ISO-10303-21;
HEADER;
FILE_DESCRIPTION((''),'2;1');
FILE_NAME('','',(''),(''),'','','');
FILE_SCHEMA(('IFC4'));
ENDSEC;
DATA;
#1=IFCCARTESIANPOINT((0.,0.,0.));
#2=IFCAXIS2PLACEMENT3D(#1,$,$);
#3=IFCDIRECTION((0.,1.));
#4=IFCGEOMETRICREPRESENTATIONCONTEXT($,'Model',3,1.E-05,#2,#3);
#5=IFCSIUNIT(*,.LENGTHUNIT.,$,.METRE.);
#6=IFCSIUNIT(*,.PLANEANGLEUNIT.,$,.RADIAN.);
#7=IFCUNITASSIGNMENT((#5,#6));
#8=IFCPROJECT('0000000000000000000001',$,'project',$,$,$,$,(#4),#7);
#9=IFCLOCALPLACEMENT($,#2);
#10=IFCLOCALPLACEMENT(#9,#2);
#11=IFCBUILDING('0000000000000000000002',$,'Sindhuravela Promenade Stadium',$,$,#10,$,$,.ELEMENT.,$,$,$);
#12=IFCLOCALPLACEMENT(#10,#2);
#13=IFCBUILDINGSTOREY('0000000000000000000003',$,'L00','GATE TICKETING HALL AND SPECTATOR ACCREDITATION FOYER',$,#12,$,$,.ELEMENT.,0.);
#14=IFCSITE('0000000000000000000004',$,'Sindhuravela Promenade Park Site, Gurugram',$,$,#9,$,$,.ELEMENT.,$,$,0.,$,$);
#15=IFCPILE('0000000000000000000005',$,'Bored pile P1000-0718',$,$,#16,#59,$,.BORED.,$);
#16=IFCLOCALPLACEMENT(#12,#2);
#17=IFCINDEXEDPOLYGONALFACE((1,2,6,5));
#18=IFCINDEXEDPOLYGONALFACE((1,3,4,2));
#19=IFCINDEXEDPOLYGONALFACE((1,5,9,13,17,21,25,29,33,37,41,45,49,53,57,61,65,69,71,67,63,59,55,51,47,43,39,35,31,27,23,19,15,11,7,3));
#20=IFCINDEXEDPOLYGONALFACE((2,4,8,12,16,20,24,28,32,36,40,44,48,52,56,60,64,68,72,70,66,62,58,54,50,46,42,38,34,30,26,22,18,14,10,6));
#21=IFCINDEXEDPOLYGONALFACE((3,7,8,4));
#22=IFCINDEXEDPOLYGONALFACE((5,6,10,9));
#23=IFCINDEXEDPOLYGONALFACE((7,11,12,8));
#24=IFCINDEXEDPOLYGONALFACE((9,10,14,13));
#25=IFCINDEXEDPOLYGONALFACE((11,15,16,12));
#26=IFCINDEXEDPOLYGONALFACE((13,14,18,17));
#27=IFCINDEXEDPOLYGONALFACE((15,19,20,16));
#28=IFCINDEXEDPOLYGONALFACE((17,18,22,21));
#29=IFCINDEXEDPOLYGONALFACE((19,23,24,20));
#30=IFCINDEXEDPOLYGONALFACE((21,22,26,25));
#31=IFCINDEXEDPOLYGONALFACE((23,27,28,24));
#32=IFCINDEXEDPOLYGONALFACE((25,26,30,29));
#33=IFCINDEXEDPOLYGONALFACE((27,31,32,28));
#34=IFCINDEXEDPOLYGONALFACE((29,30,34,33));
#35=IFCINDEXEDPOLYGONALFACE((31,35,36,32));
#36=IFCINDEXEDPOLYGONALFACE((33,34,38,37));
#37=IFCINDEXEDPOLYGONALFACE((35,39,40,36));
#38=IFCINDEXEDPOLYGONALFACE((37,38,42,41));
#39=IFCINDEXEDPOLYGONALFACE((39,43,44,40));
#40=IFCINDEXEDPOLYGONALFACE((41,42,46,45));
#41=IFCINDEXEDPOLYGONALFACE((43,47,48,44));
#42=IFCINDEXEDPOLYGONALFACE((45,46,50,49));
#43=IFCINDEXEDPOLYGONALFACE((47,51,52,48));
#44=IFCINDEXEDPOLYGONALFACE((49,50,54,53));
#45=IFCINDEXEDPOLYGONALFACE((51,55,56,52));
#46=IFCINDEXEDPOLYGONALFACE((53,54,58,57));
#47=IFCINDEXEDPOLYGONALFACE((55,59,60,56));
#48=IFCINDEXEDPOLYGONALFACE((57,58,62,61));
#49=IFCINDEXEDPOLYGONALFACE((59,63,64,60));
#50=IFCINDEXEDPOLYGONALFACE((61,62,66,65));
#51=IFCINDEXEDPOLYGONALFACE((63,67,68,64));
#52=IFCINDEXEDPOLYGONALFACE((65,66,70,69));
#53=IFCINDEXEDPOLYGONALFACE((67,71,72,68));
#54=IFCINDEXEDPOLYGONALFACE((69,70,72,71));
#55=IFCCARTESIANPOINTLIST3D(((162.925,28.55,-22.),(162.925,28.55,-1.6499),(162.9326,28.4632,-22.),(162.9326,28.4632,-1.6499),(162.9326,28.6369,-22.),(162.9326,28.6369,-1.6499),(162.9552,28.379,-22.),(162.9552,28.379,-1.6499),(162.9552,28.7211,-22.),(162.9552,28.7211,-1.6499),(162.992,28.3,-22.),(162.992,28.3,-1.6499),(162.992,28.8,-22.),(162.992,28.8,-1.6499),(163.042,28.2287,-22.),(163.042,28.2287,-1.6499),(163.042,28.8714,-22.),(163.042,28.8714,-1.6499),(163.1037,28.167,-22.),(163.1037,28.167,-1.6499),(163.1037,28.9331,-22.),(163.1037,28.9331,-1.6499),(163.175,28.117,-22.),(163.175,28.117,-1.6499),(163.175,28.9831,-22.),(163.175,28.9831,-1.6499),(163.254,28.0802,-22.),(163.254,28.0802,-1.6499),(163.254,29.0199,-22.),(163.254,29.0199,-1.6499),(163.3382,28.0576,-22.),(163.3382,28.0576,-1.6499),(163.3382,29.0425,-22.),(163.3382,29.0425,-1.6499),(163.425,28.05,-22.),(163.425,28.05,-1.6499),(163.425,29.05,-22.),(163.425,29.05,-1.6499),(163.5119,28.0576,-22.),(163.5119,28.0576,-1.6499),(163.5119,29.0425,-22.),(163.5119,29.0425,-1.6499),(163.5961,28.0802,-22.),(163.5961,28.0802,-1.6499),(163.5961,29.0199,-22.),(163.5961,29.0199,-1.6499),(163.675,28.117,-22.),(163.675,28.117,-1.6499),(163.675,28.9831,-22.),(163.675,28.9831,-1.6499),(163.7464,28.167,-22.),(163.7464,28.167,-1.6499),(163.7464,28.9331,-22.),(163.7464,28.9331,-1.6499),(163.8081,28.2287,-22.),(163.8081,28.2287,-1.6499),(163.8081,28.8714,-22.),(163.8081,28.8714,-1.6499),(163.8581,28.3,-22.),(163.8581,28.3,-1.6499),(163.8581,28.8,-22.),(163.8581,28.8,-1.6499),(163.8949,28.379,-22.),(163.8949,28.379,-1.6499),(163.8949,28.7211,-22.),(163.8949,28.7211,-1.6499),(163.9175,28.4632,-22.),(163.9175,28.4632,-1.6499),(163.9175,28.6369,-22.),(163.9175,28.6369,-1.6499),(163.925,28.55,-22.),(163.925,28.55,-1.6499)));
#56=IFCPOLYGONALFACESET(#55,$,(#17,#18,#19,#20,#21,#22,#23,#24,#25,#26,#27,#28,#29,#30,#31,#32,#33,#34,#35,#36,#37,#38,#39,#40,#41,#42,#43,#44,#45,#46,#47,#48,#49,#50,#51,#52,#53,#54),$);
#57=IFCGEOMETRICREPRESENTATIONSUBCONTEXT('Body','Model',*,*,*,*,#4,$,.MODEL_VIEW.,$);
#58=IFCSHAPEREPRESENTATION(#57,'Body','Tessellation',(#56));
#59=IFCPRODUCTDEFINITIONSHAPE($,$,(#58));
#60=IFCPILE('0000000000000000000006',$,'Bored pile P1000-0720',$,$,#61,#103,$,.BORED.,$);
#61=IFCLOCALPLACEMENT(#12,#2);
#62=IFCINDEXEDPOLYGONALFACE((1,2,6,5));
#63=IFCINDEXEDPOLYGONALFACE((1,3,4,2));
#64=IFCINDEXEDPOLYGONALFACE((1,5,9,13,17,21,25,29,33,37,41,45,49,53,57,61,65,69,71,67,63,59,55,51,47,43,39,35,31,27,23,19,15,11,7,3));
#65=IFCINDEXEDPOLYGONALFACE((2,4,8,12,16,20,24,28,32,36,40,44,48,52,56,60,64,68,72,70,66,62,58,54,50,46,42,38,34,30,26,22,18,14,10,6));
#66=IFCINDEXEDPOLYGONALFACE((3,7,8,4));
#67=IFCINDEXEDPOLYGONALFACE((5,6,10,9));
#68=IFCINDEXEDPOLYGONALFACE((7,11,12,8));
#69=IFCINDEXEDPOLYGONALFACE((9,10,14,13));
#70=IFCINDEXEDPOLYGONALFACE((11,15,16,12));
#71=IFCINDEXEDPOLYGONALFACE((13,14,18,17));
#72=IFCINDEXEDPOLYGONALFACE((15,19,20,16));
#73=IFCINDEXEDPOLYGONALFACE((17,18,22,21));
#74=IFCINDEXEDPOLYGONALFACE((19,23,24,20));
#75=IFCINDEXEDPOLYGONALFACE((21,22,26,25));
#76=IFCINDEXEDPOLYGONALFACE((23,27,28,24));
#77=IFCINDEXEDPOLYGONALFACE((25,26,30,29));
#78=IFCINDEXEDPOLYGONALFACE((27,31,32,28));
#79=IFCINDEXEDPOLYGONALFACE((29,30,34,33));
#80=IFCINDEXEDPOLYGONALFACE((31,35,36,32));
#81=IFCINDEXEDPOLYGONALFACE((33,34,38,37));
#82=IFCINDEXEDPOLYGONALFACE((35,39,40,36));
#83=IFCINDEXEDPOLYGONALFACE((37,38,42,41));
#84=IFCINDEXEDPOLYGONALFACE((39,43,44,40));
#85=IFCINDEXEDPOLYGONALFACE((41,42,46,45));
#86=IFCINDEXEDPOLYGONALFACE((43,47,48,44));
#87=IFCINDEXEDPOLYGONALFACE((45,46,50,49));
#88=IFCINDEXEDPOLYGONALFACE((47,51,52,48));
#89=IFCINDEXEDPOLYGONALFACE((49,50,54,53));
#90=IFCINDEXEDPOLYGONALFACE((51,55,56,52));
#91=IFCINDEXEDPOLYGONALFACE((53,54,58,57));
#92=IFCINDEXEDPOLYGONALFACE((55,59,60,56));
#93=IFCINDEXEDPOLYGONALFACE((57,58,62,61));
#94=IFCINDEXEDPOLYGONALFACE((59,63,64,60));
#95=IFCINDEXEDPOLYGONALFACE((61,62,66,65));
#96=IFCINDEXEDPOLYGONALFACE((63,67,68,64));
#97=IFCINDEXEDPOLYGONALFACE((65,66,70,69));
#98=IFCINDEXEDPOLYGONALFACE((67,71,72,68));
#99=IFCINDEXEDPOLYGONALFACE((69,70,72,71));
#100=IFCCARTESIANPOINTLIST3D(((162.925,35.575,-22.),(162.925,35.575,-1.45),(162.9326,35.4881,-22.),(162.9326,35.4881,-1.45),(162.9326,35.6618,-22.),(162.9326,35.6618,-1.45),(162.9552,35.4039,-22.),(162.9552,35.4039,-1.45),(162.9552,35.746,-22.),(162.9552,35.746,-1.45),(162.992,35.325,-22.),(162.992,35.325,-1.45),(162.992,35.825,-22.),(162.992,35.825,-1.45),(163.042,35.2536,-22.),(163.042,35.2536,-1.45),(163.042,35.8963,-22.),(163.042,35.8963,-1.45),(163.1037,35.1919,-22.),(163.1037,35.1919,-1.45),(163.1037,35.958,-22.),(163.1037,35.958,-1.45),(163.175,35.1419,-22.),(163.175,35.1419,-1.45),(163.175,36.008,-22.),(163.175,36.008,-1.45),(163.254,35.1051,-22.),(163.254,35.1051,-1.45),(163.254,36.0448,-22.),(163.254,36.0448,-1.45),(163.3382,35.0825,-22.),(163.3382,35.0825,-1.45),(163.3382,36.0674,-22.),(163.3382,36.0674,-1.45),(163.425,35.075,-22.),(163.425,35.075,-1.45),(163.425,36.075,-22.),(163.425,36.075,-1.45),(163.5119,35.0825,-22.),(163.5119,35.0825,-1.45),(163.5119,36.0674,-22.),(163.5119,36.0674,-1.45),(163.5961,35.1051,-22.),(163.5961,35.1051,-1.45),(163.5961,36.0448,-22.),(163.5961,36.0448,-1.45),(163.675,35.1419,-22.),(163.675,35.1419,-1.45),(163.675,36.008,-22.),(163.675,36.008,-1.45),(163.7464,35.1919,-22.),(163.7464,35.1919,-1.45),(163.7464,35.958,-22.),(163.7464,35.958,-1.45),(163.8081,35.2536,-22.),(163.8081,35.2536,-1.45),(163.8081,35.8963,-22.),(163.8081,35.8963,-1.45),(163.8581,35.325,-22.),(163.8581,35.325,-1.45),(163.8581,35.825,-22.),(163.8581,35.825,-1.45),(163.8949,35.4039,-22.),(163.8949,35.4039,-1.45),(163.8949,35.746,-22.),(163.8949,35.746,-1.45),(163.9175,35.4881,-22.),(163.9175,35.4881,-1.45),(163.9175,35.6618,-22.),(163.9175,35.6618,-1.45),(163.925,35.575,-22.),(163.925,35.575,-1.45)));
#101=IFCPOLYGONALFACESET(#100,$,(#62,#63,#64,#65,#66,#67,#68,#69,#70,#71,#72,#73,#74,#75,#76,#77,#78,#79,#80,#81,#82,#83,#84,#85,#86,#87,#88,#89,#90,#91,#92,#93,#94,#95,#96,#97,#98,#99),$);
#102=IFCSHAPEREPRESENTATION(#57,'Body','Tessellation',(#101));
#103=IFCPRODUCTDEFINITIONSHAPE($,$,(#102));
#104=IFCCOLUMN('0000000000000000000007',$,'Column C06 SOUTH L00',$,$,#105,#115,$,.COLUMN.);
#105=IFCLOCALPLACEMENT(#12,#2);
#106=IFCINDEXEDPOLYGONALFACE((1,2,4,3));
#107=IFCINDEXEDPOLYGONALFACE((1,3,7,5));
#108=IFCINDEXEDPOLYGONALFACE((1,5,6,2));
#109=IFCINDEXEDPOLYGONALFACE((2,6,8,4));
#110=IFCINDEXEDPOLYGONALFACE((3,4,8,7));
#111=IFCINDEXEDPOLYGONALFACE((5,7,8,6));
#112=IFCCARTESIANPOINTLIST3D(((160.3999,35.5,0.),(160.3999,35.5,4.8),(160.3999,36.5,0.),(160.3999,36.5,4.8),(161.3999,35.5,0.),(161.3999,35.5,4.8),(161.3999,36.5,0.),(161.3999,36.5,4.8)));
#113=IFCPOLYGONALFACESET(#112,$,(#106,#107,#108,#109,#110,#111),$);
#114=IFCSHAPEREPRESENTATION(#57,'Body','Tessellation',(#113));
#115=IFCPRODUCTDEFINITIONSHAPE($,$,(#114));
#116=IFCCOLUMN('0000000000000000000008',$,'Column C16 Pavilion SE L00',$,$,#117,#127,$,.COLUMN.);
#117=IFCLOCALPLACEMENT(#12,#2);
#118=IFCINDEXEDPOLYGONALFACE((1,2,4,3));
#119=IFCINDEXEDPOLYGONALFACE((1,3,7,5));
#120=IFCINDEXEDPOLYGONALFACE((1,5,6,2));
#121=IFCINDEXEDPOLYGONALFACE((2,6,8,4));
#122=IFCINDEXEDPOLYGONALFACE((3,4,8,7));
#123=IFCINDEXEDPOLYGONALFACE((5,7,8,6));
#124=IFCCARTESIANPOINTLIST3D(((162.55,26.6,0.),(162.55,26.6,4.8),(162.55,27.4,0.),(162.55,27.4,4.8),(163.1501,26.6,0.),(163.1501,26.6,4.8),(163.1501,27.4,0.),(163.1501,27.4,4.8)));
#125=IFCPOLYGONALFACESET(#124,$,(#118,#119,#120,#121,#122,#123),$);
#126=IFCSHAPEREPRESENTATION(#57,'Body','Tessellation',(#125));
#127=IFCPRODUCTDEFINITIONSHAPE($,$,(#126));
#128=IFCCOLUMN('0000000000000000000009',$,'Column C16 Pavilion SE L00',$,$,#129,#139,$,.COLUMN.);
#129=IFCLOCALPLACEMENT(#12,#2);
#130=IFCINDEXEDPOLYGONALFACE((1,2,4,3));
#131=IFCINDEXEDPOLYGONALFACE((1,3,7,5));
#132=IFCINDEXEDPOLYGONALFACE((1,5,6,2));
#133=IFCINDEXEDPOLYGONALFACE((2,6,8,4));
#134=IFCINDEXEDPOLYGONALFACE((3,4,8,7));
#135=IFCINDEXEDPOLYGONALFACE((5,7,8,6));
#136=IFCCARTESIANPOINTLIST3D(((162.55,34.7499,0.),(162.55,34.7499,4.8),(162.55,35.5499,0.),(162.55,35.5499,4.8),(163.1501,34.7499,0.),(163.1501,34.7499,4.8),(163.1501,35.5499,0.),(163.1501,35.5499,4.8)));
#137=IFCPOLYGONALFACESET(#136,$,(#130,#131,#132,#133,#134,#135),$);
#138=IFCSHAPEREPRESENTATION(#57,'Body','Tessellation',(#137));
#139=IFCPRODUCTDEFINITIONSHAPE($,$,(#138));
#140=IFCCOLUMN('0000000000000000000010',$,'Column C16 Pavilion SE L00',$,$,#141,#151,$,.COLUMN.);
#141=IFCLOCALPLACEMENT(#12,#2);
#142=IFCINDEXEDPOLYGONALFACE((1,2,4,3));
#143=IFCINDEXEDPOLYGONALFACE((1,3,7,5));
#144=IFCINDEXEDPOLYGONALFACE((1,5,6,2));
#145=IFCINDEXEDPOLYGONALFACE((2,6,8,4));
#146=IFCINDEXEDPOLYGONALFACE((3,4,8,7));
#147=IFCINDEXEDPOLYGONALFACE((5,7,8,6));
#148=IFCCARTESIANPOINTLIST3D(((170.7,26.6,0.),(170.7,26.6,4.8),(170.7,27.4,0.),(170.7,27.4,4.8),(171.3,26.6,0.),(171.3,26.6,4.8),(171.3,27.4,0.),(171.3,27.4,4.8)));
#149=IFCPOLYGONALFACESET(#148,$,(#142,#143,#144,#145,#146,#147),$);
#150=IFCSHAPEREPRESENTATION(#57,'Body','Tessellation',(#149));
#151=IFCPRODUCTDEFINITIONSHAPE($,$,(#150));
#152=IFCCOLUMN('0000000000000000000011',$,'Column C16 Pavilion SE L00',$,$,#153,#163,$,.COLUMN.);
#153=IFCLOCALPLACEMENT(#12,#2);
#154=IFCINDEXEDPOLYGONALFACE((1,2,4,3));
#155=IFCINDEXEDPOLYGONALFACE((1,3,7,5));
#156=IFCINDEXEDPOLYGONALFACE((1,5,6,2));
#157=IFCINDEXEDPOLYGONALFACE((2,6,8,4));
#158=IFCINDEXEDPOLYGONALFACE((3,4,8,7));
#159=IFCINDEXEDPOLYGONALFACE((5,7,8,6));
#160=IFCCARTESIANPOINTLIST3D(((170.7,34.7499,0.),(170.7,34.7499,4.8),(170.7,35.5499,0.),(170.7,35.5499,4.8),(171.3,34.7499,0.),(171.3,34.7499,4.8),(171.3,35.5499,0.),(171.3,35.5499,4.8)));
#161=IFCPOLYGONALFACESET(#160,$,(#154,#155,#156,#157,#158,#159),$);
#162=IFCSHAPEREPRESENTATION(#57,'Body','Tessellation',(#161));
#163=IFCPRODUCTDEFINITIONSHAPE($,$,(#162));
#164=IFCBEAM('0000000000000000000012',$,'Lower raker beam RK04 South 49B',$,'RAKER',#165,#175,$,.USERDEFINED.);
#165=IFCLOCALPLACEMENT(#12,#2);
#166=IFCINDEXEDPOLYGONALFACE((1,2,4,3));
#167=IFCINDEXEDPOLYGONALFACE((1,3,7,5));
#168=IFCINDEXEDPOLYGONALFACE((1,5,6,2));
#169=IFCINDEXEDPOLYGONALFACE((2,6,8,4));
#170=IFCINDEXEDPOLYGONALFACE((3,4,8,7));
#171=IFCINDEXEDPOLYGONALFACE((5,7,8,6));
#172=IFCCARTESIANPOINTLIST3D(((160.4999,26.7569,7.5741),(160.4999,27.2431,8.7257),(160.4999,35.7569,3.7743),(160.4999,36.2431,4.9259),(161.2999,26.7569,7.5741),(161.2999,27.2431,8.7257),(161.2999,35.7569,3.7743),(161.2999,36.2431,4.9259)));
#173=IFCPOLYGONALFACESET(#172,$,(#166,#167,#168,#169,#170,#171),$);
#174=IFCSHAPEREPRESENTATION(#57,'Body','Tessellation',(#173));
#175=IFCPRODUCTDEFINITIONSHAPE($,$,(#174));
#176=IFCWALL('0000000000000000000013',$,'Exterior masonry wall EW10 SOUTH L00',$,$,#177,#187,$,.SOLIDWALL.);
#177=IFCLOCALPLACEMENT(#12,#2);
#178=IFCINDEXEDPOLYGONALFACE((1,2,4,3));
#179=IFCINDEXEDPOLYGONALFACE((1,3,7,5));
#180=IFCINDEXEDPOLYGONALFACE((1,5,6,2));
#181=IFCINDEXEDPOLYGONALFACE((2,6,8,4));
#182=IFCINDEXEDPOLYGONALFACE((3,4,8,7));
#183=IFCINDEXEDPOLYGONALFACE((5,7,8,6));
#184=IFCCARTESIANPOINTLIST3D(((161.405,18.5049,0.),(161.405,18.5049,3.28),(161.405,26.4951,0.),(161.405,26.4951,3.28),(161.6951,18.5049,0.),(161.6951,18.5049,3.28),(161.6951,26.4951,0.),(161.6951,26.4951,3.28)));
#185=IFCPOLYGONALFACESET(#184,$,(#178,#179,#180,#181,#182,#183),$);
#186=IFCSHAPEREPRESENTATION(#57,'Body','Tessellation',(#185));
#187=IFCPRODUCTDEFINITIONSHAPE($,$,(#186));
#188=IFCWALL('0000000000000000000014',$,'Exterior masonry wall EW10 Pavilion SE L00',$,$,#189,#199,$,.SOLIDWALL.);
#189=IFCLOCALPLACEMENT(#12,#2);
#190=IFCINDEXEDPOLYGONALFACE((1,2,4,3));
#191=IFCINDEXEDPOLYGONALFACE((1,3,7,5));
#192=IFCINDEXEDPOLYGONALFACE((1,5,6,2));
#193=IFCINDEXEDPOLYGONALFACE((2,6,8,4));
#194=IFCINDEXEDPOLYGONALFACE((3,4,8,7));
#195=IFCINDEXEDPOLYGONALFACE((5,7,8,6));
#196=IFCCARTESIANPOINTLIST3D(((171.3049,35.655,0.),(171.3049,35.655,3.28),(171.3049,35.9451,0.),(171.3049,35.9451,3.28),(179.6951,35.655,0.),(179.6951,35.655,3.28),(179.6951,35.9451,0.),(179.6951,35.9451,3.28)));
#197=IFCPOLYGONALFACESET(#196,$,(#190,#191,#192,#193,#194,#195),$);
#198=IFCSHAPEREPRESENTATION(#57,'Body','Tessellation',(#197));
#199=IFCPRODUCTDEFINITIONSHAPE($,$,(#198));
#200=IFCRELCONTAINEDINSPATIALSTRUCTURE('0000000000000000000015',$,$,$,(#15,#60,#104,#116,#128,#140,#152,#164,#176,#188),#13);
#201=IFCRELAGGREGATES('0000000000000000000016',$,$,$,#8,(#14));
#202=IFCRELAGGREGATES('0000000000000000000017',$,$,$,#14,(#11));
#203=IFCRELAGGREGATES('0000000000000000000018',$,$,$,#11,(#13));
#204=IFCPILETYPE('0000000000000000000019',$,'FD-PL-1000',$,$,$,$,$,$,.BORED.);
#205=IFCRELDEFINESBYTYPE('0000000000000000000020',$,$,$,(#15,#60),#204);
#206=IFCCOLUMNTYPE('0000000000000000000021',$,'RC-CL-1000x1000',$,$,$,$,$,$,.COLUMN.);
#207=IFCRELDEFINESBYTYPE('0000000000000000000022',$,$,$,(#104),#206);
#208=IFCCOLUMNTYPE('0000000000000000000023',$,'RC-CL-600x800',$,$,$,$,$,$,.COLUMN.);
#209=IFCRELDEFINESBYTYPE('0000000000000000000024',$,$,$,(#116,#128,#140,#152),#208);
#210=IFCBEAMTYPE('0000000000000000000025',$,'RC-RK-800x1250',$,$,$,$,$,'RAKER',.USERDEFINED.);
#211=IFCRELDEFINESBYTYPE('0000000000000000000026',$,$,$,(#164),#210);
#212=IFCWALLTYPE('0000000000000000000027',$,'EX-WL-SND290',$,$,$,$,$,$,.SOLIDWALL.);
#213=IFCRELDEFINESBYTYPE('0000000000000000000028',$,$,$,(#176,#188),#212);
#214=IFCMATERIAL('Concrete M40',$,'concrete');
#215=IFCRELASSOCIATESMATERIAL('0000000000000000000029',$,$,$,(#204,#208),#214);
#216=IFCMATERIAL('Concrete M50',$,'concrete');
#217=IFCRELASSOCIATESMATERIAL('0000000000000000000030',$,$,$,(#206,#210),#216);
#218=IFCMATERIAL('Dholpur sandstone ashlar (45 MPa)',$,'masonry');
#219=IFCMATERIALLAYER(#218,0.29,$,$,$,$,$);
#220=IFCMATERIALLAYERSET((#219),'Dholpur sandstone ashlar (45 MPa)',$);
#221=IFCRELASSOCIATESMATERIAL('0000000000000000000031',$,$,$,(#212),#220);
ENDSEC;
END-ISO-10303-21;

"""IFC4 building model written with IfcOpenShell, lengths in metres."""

from ifc_helpers import new_model, si_unit, direction, frame, frame_2d, origin, origin_2d, place, context, subcontext, project, spatial, rectangle, circle, extrude, material, layer, layer_set, material_profile, profile_set, type_object, element, save


model = new_model("IFC4")

# Units and contexts
model_context = context("Model", 3, precision=1e-05, world=origin(), true_north=direction((0.0, 1.0)))
body_context = subcontext(model_context, "Body", "Model", "MODEL_VIEW")
ifc_project = project(units=[si_unit("LENGTHUNIT", "METRE"), si_unit("PLANEANGLEUNIT", "RADIAN")], contexts=[model_context])

# Site, building, storey
site_placement = place(None, origin())
site = spatial("IfcSite", under=ifc_project, at=site_placement, Name="Sindhuravela Promenade Park Site, Gurugram", CompositionType="ELEMENT", RefElevation=0.0)
building_placement = place(site_placement, origin())
building = spatial("IfcBuilding", under=site, at=building_placement, Name="Sindhuravela Promenade Stadium", CompositionType="ELEMENT")
storey_placement = place(building_placement, origin())
storey = spatial("IfcBuildingStorey", under=building, at=storey_placement, Name="L00", Description="GATE TICKETING HALL AND SPECTATOR ACCREDITATION FOYER", CompositionType="ELEMENT", Elevation=0.0)

# Shared definitions
ifc_material_1 = material(Name="Concrete M50", Category="concrete")

# Piles
ifc_material_2 = material(Name="Concrete M40", Category="concrete")
ifc_material_profile_1 = material_profile(ifc_material_2, circle(Radius=0.5, at=origin_2d()), Name="BORED PILE D1000")
ifc_profile_set_1 = profile_set([ifc_material_profile_1], Name="Concrete M40")
pile_type = type_object("IfcPileType", Name="FD-PL-1000", PredefinedType="BORED", material=ifc_profile_set_1)
for number, where, z_axis, x_axis, name in (
    (1, (163.425, 28.55, -1.6499), (0.0, 0.0, -1.0), (1.0, 0.0, 0.0), "Bored pile P1000-0718"),
):
    element("IfcPile", number, at=place(storey_placement, frame(where, z_axis=z_axis, x_axis=x_axis)), inside=storey, type_object=pile_type, Name=name, PredefinedType="BORED", context=body_context, shape_type="SweptSolid", body=[
        extrude(circle(Radius=0.5, at=origin_2d()), origin(), (0.0, 0.0, 1.0), 20.3501),
    ])
pile_placement = place(storey_placement, frame((163.425, 35.575, -1.45), z_axis=(0.0, 0.0, -1.0), x_axis=(1.0, 0.0, 0.0)))
element("IfcPile", 2, at=pile_placement, inside=storey, type_object=pile_type, Name="Bored pile P1000-0720", PredefinedType="BORED", context=body_context, shape_type="SweptSolid", body=[
    extrude(circle(Radius=0.5, at=origin_2d()), origin(), (0.0, 0.0, 1.0), 20.55),
])

# Columns
ifc_material_profile_2 = material_profile(ifc_material_1, rectangle(XDim=1.0, YDim=1.0, at=origin_2d()), Name="RC 1000x1000")
ifc_profile_set_2 = profile_set([ifc_material_profile_2], Name="Concrete M50")
column_type_1 = type_object("IfcColumnType", Name="RC-CL-1000x1000", PredefinedType="COLUMN", material=ifc_profile_set_2)
column_placement = place(storey_placement, frame((160.8999, 36.0, 0.0), z_axis=(0.0, 0.0, 1.0), x_axis=(1.0, 0.0, 0.0)))
element("IfcColumn", 3, at=column_placement, inside=storey, type_object=column_type_1, Name="Column C06 SOUTH L00", PredefinedType="COLUMN", context=body_context, shape_type="SweptSolid", body=[
    extrude(rectangle(XDim=1.0, YDim=1.0, at=origin_2d()), origin(), (0.0, 0.0, 1.0), 4.8),
])
ifc_material_profile_3 = material_profile(ifc_material_2, rectangle(XDim=0.6001, YDim=0.8, at=origin_2d()), Name="RC 600x800")
ifc_profile_set_3 = profile_set([ifc_material_profile_3], Name="Concrete M40")
column_type_2 = type_object("IfcColumnType", Name="RC-CL-600x800", PredefinedType="COLUMN", material=ifc_profile_set_3)
for number, where, z_axis, x_axis, name in (
    (4, (162.8501, 27.0, 0.0), (0.0, 0.0, 1.0), (1.0, 0.0, 0.0), "Column C16 Pavilion SE L00"),
    (5, (162.8501, 35.1499, 0.0), (0.0, 0.0, 1.0), (1.0, 0.0, 0.0), "Column C16 Pavilion SE L00"),
    (6, (171.0, 27.0, 0.0), (0.0, 0.0, 1.0), (1.0, 0.0, 0.0), "Column C16 Pavilion SE L00"),
    (7, (171.0, 35.1499, 0.0), (0.0, 0.0, 1.0), (1.0, 0.0, 0.0), "Column C16 Pavilion SE L00"),
):
    element("IfcColumn", number, at=place(storey_placement, frame(where, z_axis=z_axis, x_axis=x_axis)), inside=storey, type_object=column_type_2, Name=name, PredefinedType="COLUMN", context=body_context, shape_type="SweptSolid", body=[
        extrude(rectangle(XDim=0.6001, YDim=0.8, at=origin_2d()), origin(), (0.0, 0.0, 1.0), 4.8),
    ])

# Beam
ifc_material_profile_4 = material_profile(ifc_material_1, rectangle(XDim=0.8, YDim=1.25, at=origin_2d()), Name="RC 800x1250")
ifc_profile_set_4 = profile_set([ifc_material_profile_4], Name="Concrete M50")
beam_type = type_object("IfcBeamType", Name="RC-RK-800x1250", ElementType="RAKER", PredefinedType="USERDEFINED", material=ifc_profile_set_4)
beam_placement = place(storey_placement, frame((160.8999, 36.0, 4.3501), z_axis=(0.0, -0.921257, 0.388955), x_axis=(1.0, 0.0, 0.0)))
element("IfcBeam", 8, at=beam_placement, inside=storey, type_object=beam_type, Name="Lower raker beam RK04 South 49B", ObjectType="RAKER", PredefinedType="USERDEFINED", context=body_context, shape_type="SweptSolid", body=[
    extrude(rectangle(XDim=0.8, YDim=1.25, at=origin_2d()), origin(), (0.0, 0.0, 1.0), 9.7693),
])

# Walls
ifc_material_3 = material(Name="Dholpur sandstone ashlar (45 MPa)", Category="masonry")
ifc_layer_1 = layer(ifc_material_3, 0.29)
ifc_layer_set_1 = layer_set([ifc_layer_1], Name="Dholpur sandstone ashlar (45 MPa)")
wall_type_1 = type_object("IfcWallType", Name="EX-WL-SND290", PredefinedType="SOLIDWALL", material=ifc_layer_set_1)
wall_1_placement = place(storey_placement, frame((161.55, 26.4951, 0.0), z_axis=(0.0, 0.0, 1.0), x_axis=(0.0, -1.0, 0.0)))
element("IfcWall", 9, at=wall_1_placement, inside=storey, type_object=wall_type_1, Name="Exterior masonry wall EW10 SOUTH L00", PredefinedType="SOLIDWALL", context=body_context, shape_type="SweptSolid", body=[
    extrude(rectangle(XDim=7.9902, YDim=0.29, at=frame_2d((3.9951, 0.0))), origin(), (0.0, 0.0, 1.0), 3.28),
])
wall_2_placement = place(storey_placement, frame((171.3049, 35.8, 0.0), z_axis=(0.0, 0.0, 1.0), x_axis=(1.0, 0.0, 0.0)))
element("IfcWall", 10, at=wall_2_placement, inside=storey, type_object=wall_type_1, Name="Exterior masonry wall EW10 Pavilion SE L00", PredefinedType="SOLIDWALL", context=body_context, shape_type="SweptSolid", body=[
    extrude(rectangle(XDim=8.3901, YDim=0.29, at=frame_2d((4.1951, 0.0))), origin(), (0.0, 0.0, 1.0), 3.28),
])

save(model, "model.ifc")
